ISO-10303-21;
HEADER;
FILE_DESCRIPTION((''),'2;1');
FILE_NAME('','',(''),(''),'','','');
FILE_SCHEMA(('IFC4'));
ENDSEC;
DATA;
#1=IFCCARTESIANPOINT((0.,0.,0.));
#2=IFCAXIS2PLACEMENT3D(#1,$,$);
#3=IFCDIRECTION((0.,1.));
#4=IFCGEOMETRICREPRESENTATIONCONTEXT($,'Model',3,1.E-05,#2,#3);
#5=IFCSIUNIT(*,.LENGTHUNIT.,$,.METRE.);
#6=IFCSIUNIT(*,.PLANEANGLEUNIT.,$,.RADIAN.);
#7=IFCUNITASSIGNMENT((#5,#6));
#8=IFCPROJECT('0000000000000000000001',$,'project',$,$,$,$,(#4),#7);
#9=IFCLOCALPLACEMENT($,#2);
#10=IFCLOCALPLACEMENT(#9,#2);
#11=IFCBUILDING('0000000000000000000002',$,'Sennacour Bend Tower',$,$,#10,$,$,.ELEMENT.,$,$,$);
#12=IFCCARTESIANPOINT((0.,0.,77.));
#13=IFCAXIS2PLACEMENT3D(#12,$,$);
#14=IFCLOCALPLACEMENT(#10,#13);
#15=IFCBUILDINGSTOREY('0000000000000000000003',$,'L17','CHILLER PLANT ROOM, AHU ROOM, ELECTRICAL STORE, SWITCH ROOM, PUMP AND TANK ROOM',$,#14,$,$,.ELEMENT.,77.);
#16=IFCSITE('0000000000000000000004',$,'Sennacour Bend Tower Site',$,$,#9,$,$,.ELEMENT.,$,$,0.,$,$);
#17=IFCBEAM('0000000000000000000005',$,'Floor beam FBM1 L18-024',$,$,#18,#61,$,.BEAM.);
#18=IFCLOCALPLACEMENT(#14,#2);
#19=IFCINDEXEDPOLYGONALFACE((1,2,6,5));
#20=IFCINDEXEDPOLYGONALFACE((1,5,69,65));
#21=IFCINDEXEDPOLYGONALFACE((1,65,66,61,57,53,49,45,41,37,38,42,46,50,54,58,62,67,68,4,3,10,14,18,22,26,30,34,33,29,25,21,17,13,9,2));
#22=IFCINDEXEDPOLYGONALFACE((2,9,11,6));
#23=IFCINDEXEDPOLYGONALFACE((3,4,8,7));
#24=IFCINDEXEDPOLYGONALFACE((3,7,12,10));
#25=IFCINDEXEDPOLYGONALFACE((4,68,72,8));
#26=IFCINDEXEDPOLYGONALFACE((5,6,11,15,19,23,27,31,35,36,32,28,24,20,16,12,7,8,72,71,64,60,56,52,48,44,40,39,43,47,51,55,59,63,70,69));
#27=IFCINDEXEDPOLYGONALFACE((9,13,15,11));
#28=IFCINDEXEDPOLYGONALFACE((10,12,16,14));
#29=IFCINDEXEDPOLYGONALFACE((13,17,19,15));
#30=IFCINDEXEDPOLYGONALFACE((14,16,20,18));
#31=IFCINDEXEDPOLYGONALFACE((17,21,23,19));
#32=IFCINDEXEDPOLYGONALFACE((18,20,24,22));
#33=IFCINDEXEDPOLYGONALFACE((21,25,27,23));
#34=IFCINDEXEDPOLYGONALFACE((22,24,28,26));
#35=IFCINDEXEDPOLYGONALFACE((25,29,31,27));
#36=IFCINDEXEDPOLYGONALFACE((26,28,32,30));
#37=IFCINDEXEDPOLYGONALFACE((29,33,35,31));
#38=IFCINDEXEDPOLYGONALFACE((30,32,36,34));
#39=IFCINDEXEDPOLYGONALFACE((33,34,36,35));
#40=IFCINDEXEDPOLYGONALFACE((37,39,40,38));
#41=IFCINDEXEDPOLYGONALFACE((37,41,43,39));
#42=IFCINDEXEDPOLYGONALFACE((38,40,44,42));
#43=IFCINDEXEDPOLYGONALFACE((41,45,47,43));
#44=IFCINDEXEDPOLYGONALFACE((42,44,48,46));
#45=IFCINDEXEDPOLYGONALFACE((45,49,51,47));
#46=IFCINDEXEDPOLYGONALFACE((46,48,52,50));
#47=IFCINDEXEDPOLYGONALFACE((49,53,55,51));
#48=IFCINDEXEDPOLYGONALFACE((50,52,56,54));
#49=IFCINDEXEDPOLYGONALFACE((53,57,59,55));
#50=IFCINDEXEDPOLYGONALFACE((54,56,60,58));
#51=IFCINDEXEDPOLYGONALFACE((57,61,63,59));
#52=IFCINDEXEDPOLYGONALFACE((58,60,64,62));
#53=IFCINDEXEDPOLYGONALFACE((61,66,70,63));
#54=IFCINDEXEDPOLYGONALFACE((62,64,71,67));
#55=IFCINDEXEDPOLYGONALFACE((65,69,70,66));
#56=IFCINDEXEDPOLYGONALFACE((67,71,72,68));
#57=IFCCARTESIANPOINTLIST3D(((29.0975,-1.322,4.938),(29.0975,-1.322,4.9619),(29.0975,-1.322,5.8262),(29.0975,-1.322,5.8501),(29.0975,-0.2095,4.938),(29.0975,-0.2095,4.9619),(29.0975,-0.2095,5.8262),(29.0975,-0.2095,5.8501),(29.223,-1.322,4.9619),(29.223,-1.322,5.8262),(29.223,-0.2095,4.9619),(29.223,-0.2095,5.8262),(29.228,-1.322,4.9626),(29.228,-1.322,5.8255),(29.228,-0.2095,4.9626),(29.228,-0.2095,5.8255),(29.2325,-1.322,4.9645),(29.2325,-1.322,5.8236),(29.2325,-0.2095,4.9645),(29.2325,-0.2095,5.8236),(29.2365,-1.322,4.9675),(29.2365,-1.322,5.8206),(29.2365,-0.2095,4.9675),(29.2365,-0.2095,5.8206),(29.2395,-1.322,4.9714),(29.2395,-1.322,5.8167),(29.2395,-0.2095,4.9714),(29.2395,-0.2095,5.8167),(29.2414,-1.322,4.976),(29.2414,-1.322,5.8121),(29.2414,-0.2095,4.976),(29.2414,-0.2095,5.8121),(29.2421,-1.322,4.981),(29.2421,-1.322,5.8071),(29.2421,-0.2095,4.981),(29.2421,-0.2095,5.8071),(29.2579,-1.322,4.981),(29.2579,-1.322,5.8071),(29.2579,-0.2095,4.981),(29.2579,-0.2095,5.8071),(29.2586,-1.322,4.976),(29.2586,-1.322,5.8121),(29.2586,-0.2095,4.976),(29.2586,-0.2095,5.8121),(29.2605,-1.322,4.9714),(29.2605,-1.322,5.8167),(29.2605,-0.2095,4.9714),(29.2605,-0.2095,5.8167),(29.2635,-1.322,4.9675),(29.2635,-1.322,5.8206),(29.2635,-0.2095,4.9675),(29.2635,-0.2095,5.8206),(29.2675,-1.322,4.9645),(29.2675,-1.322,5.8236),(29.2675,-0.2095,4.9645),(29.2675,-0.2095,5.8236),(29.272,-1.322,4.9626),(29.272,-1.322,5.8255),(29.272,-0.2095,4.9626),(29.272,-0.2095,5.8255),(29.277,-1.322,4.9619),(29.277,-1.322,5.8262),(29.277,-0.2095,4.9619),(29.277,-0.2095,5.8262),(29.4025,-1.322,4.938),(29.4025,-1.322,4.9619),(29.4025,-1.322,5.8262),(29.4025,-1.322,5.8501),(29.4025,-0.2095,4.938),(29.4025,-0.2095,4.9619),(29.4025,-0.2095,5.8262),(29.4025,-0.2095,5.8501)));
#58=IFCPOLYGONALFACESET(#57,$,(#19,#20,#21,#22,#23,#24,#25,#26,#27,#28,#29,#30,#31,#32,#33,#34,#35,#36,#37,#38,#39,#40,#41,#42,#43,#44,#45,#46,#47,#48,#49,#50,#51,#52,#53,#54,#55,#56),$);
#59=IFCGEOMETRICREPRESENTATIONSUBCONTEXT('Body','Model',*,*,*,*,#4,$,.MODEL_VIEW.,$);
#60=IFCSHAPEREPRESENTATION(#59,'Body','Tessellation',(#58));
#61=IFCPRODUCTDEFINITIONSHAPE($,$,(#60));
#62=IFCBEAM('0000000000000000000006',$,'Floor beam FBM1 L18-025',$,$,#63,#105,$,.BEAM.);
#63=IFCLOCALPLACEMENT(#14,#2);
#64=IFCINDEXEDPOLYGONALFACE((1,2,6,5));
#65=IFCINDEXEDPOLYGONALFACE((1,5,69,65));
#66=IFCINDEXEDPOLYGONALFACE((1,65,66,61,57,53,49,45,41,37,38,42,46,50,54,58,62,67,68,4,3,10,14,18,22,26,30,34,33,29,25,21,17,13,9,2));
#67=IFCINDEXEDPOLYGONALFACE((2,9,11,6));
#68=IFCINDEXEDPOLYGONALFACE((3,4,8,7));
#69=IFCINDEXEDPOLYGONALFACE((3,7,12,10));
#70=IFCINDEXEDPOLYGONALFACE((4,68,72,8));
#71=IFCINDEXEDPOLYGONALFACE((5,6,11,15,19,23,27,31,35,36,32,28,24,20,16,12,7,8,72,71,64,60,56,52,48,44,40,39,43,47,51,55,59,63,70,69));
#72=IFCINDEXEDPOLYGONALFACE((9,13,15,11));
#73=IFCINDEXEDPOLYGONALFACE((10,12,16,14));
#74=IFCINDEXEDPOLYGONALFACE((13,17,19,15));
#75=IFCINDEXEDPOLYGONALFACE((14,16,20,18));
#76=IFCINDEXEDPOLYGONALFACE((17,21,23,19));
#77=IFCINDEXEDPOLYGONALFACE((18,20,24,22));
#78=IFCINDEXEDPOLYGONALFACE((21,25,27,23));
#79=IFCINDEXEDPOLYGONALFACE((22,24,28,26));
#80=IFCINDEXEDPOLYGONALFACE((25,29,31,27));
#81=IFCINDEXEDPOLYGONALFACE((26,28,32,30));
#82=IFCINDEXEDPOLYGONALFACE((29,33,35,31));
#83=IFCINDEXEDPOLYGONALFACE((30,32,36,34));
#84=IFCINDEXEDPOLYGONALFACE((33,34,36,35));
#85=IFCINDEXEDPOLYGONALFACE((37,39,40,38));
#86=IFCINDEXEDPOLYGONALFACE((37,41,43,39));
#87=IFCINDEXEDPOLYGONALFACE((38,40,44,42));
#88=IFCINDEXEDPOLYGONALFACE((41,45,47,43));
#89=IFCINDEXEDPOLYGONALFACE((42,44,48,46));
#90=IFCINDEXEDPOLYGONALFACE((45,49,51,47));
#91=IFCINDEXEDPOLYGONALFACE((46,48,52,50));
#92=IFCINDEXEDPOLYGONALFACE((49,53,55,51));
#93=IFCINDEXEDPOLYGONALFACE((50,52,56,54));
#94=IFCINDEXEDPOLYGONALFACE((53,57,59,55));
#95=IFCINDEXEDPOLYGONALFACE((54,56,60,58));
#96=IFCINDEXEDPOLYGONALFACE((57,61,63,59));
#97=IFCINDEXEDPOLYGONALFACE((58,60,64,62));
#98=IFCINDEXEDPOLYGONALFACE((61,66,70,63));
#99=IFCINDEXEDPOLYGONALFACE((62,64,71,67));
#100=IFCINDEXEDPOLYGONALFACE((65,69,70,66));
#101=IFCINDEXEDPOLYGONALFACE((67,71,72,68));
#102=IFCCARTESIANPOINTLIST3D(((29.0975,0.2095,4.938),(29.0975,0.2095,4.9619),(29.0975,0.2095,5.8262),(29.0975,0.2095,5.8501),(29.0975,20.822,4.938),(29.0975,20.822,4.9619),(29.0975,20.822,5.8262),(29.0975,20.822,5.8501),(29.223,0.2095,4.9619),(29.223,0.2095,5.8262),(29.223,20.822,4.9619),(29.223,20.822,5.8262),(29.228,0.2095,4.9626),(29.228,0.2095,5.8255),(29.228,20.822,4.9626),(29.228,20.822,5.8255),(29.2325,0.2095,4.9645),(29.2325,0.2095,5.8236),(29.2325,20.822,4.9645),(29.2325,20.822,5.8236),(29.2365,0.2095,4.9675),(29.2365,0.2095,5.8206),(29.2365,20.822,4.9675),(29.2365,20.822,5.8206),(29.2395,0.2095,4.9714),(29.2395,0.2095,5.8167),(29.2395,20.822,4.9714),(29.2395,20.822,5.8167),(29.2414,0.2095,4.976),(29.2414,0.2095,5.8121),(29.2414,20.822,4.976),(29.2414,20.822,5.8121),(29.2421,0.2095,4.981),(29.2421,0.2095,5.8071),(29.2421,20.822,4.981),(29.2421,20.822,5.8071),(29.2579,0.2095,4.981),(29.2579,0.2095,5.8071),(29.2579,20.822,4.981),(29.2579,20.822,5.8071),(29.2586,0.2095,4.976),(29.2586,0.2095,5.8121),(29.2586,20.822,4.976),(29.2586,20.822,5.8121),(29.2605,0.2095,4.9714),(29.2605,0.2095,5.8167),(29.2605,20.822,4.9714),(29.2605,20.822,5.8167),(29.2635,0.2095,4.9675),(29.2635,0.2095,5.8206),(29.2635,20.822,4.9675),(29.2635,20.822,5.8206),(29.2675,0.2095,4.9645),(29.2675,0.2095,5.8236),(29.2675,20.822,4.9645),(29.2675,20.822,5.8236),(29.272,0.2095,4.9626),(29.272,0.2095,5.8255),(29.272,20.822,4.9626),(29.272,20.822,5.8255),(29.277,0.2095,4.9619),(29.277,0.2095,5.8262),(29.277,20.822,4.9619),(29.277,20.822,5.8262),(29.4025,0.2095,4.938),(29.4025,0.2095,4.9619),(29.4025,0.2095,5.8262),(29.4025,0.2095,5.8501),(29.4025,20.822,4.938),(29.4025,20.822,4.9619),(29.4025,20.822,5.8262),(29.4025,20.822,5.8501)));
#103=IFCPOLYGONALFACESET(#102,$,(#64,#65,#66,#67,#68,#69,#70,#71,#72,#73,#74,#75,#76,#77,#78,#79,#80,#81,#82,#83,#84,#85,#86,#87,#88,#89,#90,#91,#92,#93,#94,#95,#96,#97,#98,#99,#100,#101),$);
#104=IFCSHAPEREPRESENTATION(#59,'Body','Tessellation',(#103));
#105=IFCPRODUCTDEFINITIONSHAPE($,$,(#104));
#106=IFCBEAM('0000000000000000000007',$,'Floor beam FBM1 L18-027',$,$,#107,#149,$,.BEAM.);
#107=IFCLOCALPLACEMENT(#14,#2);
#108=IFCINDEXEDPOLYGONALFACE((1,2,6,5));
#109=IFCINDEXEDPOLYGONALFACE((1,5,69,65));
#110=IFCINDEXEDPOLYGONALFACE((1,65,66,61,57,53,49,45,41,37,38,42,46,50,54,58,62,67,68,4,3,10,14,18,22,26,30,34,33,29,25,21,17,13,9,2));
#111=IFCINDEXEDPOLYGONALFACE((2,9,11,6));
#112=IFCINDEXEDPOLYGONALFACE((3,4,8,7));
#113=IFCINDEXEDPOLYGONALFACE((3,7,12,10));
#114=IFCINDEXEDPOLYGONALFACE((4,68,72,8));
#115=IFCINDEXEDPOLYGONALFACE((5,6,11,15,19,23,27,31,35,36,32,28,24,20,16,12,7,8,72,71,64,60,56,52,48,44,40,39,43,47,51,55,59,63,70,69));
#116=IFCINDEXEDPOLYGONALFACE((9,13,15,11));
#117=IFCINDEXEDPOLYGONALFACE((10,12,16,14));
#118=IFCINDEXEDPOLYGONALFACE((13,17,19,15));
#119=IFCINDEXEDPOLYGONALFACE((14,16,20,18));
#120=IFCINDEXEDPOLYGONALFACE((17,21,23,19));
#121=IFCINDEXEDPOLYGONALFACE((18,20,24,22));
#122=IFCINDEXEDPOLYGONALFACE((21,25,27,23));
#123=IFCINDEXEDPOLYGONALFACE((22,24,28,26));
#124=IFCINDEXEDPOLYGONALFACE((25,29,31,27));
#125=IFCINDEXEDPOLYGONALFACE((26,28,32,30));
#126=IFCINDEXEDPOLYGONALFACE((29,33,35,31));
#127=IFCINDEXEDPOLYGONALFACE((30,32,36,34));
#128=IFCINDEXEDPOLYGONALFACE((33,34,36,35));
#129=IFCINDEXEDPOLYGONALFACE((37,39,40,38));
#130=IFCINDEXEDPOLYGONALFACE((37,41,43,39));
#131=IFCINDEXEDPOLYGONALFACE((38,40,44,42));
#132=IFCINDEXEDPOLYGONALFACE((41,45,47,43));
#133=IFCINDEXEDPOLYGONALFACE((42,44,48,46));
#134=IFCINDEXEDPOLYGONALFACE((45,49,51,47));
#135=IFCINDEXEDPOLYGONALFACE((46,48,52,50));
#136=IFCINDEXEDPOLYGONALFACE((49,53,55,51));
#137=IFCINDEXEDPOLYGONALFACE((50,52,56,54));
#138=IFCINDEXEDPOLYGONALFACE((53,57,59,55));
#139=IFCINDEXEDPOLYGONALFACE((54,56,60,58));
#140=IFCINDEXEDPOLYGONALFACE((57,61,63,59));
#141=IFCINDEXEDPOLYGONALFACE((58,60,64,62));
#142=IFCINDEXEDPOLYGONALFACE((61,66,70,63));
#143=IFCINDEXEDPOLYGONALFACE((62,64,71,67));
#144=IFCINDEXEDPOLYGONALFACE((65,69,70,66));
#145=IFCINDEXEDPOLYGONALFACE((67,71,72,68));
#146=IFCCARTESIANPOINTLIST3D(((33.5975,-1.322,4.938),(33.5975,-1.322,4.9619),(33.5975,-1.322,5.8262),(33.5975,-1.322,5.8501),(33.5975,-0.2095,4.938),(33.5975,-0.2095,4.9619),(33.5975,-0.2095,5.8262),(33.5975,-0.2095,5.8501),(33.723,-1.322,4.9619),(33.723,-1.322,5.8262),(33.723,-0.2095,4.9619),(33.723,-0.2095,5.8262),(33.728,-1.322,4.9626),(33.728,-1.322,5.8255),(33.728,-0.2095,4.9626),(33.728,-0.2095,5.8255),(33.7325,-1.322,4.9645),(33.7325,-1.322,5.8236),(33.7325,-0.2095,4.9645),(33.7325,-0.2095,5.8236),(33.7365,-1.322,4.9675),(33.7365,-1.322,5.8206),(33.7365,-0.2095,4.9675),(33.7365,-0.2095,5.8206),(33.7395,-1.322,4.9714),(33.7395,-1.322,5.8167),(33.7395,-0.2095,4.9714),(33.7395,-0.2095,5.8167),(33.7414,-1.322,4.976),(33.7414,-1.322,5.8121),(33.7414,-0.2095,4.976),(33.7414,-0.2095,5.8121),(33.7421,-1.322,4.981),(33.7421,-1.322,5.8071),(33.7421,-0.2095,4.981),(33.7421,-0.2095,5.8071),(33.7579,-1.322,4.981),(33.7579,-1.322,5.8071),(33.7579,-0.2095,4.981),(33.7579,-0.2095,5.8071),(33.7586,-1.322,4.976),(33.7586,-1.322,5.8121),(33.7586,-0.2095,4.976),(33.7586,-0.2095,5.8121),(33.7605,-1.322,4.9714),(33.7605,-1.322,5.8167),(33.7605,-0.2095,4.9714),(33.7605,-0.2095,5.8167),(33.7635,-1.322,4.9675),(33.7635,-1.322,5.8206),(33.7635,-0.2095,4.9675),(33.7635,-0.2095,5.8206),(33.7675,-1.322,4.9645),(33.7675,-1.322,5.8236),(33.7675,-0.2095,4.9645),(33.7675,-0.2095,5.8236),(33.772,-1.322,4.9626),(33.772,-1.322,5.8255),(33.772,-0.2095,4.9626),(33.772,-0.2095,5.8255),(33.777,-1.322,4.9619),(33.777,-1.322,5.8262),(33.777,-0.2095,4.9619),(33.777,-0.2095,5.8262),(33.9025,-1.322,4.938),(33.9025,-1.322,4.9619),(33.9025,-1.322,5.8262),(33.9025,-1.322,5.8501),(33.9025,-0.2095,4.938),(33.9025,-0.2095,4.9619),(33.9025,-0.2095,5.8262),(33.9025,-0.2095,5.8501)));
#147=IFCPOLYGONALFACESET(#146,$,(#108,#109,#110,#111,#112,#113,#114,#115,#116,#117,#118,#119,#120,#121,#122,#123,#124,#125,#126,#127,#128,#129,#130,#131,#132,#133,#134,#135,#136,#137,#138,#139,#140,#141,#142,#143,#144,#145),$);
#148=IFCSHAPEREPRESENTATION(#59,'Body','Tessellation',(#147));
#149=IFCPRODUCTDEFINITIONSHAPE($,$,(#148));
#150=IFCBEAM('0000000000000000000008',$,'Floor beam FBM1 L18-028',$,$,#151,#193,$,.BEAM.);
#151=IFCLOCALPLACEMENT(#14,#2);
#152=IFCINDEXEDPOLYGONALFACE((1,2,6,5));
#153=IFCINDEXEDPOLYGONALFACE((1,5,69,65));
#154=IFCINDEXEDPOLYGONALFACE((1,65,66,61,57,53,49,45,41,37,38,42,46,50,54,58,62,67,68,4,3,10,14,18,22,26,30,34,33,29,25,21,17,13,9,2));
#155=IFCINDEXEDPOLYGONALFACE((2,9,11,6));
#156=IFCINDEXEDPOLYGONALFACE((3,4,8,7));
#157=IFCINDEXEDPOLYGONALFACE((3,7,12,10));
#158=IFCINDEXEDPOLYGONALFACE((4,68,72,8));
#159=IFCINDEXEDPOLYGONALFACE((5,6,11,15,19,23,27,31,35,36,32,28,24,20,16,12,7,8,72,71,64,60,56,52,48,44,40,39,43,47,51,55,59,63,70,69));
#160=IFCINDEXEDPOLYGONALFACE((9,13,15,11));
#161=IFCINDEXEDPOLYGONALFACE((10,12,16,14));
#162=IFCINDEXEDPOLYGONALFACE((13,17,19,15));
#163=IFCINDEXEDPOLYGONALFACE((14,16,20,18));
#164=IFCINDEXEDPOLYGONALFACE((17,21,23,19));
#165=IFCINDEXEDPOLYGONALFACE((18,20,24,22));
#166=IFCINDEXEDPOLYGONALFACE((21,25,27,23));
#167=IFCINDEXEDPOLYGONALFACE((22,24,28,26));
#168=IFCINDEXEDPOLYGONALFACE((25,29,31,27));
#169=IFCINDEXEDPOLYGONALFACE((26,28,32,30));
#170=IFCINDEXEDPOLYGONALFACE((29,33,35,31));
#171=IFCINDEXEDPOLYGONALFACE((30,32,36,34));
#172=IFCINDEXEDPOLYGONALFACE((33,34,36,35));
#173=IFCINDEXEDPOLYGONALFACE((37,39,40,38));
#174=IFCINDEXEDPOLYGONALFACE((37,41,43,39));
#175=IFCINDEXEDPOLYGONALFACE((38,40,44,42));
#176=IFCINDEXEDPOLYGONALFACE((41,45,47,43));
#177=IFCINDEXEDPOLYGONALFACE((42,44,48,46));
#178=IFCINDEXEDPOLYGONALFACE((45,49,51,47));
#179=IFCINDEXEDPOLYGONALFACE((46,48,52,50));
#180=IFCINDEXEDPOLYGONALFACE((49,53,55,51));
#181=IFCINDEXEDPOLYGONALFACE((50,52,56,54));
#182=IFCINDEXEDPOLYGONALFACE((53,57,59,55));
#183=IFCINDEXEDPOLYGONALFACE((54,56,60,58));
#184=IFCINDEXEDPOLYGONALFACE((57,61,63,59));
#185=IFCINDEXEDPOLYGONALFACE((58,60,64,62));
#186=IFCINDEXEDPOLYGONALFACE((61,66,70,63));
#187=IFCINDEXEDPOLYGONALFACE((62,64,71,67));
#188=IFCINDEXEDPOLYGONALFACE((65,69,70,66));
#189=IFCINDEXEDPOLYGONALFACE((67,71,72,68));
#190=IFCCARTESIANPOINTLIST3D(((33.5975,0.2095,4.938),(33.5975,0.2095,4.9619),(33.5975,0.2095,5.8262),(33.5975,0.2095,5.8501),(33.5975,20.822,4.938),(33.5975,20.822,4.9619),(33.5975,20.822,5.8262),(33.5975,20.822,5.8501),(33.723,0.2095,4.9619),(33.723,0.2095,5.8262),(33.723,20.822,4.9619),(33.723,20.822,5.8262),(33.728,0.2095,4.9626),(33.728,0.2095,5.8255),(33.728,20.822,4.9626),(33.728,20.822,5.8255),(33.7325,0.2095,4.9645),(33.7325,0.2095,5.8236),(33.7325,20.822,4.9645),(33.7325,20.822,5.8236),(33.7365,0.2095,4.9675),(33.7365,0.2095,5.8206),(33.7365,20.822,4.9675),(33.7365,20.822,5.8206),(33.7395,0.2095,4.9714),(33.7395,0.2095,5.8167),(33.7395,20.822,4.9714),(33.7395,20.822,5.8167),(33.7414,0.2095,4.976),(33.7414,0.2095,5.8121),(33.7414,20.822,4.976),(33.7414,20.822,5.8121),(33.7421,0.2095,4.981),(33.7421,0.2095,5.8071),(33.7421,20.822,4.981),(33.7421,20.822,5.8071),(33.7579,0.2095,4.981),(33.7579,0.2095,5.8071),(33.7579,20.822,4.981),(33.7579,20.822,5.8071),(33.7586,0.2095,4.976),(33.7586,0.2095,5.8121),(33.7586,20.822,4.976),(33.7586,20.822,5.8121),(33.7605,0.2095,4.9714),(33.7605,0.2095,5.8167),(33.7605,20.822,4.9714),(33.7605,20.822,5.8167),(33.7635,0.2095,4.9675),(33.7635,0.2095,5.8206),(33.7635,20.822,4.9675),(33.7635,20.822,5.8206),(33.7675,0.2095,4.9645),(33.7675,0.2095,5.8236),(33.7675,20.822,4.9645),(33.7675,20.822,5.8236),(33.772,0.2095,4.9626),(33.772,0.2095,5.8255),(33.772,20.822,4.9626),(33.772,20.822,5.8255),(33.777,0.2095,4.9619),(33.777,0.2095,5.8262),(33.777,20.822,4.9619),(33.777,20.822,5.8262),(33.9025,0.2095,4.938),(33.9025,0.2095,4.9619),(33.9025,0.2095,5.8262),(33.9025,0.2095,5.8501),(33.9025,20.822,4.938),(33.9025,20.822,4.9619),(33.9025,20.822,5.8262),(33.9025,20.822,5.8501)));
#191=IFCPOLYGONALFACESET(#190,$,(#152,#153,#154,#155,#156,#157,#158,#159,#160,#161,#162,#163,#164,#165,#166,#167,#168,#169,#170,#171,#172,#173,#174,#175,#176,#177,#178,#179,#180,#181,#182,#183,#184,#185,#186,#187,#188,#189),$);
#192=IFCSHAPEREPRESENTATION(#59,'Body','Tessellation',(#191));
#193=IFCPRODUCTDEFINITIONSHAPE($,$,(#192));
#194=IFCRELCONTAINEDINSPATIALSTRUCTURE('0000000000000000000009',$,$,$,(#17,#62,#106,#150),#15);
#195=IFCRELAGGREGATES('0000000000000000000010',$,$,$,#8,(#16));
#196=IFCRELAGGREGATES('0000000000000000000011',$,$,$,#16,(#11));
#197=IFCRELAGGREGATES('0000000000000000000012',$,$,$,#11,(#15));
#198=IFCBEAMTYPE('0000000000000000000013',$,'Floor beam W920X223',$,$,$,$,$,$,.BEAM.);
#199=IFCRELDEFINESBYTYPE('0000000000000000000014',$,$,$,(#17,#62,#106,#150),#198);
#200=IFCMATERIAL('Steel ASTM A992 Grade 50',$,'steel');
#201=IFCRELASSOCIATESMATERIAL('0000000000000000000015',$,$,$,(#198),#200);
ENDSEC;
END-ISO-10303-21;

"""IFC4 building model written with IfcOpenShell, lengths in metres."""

from ifc_helpers import new_model, si_unit, direction, frame, origin, origin_2d, place, context, subcontext, project, spatial, i_section, extrude, material, material_profile, profile_set, type_object, element, save


model = new_model("IFC4")

# Units and contexts
model_context = context("Model", 3, precision=1e-05, world=origin(), true_north=direction((0.0, 1.0)))
body_context = subcontext(model_context, "Body", "Model", "MODEL_VIEW")
ifc_project = project(units=[si_unit("LENGTHUNIT", "METRE"), si_unit("PLANEANGLEUNIT", "RADIAN")], contexts=[model_context])

# Site, building, storey
site_placement = place(None, origin())
site = spatial("IfcSite", under=ifc_project, at=site_placement, Name="Sennacour Bend Tower Site", CompositionType="ELEMENT", RefElevation=0.0)
building_placement = place(site_placement, origin())
building = spatial("IfcBuilding", under=site, at=building_placement, Name="Sennacour Bend Tower", CompositionType="ELEMENT")
storey_placement = place(building_placement, frame((0.0, 0.0, 77.0)))
storey = spatial("IfcBuildingStorey", under=building, at=storey_placement, Name="L17", Description="CHILLER PLANT ROOM, AHU ROOM, ELECTRICAL STORE, SWITCH ROOM, PUMP AND TANK ROOM", CompositionType="ELEMENT", Elevation=77.0)

# Shared definitions
ifc_material_1 = material(Name="Steel ASTM A992 Grade 50", Category="steel")

# Beams
ifc_material_profile_1 = material_profile(ifc_material_1, i_section(OverallWidth=0.3049, OverallDepth=0.9121, WebThickness=0.0159, FlangeThickness=0.0239, FilletRadius=0.019, at=origin_2d()), Name="Steel ASTM A992 Grade 50", Category="steel")
ifc_profile_set_1 = profile_set([ifc_material_profile_1], Name="Steel ASTM A992 Grade 50")
beam_type_1 = type_object("IfcBeamType", Name="Floor beam W920X223", PredefinedType="BEAM", material=ifc_profile_set_1)
beam_1_placement = place(storey_placement, frame((29.25, -1.322, 5.394), z_axis=(0.0, 1.0, 0.0), x_axis=(-1.0, 0.0, 0.0)))
element("IfcBeam", 1, at=beam_1_placement, inside=storey, type_object=beam_type_1, Name="Floor beam FBM1 L18-024", PredefinedType="BEAM", context=body_context, shape_type="SweptSolid", body=[
    extrude(i_section(OverallWidth=0.3049, OverallDepth=0.9121, WebThickness=0.0159, FlangeThickness=0.0239, FilletRadius=0.019, at=origin_2d()), origin(), (0.0, 0.0, 1.0), 1.1125),
])
beam_2_placement = place(storey_placement, frame((29.25, 0.2095, 5.394), z_axis=(0.0, 1.0, 0.0), x_axis=(-1.0, 0.0, 0.0)))
element("IfcBeam", 2, at=beam_2_placement, inside=storey, type_object=beam_type_1, Name="Floor beam FBM1 L18-025", PredefinedType="BEAM", context=body_context, shape_type="SweptSolid", body=[
    extrude(i_section(OverallWidth=0.3049, OverallDepth=0.9121, WebThickness=0.0159, FlangeThickness=0.0239, FilletRadius=0.019, at=origin_2d()), origin(), (0.0, 0.0, 1.0), 20.6125),
])
beam_3_placement = place(storey_placement, frame((33.75, -1.322, 5.394), z_axis=(0.0, 1.0, 0.0), x_axis=(-1.0, 0.0, 0.0)))
element("IfcBeam", 3, at=beam_3_placement, inside=storey, type_object=beam_type_1, Name="Floor beam FBM1 L18-027", PredefinedType="BEAM", context=body_context, shape_type="SweptSolid", body=[
    extrude(i_section(OverallWidth=0.3049, OverallDepth=0.9121, WebThickness=0.0159, FlangeThickness=0.0239, FilletRadius=0.019, at=origin_2d()), origin(), (0.0, 0.0, 1.0), 1.1125),
])
beam_4_placement = place(storey_placement, frame((33.75, 0.2095, 5.394), z_axis=(0.0, 1.0, 0.0), x_axis=(-1.0, 0.0, 0.0)))
element("IfcBeam", 4, at=beam_4_placement, inside=storey, type_object=beam_type_1, Name="Floor beam FBM1 L18-028", PredefinedType="BEAM", context=body_context, shape_type="SweptSolid", body=[
    extrude(i_section(OverallWidth=0.3049, OverallDepth=0.9121, WebThickness=0.0159, FlangeThickness=0.0239, FilletRadius=0.019, at=origin_2d()), origin(), (0.0, 0.0, 1.0), 20.6125),
])

save(model, "model.ifc")
